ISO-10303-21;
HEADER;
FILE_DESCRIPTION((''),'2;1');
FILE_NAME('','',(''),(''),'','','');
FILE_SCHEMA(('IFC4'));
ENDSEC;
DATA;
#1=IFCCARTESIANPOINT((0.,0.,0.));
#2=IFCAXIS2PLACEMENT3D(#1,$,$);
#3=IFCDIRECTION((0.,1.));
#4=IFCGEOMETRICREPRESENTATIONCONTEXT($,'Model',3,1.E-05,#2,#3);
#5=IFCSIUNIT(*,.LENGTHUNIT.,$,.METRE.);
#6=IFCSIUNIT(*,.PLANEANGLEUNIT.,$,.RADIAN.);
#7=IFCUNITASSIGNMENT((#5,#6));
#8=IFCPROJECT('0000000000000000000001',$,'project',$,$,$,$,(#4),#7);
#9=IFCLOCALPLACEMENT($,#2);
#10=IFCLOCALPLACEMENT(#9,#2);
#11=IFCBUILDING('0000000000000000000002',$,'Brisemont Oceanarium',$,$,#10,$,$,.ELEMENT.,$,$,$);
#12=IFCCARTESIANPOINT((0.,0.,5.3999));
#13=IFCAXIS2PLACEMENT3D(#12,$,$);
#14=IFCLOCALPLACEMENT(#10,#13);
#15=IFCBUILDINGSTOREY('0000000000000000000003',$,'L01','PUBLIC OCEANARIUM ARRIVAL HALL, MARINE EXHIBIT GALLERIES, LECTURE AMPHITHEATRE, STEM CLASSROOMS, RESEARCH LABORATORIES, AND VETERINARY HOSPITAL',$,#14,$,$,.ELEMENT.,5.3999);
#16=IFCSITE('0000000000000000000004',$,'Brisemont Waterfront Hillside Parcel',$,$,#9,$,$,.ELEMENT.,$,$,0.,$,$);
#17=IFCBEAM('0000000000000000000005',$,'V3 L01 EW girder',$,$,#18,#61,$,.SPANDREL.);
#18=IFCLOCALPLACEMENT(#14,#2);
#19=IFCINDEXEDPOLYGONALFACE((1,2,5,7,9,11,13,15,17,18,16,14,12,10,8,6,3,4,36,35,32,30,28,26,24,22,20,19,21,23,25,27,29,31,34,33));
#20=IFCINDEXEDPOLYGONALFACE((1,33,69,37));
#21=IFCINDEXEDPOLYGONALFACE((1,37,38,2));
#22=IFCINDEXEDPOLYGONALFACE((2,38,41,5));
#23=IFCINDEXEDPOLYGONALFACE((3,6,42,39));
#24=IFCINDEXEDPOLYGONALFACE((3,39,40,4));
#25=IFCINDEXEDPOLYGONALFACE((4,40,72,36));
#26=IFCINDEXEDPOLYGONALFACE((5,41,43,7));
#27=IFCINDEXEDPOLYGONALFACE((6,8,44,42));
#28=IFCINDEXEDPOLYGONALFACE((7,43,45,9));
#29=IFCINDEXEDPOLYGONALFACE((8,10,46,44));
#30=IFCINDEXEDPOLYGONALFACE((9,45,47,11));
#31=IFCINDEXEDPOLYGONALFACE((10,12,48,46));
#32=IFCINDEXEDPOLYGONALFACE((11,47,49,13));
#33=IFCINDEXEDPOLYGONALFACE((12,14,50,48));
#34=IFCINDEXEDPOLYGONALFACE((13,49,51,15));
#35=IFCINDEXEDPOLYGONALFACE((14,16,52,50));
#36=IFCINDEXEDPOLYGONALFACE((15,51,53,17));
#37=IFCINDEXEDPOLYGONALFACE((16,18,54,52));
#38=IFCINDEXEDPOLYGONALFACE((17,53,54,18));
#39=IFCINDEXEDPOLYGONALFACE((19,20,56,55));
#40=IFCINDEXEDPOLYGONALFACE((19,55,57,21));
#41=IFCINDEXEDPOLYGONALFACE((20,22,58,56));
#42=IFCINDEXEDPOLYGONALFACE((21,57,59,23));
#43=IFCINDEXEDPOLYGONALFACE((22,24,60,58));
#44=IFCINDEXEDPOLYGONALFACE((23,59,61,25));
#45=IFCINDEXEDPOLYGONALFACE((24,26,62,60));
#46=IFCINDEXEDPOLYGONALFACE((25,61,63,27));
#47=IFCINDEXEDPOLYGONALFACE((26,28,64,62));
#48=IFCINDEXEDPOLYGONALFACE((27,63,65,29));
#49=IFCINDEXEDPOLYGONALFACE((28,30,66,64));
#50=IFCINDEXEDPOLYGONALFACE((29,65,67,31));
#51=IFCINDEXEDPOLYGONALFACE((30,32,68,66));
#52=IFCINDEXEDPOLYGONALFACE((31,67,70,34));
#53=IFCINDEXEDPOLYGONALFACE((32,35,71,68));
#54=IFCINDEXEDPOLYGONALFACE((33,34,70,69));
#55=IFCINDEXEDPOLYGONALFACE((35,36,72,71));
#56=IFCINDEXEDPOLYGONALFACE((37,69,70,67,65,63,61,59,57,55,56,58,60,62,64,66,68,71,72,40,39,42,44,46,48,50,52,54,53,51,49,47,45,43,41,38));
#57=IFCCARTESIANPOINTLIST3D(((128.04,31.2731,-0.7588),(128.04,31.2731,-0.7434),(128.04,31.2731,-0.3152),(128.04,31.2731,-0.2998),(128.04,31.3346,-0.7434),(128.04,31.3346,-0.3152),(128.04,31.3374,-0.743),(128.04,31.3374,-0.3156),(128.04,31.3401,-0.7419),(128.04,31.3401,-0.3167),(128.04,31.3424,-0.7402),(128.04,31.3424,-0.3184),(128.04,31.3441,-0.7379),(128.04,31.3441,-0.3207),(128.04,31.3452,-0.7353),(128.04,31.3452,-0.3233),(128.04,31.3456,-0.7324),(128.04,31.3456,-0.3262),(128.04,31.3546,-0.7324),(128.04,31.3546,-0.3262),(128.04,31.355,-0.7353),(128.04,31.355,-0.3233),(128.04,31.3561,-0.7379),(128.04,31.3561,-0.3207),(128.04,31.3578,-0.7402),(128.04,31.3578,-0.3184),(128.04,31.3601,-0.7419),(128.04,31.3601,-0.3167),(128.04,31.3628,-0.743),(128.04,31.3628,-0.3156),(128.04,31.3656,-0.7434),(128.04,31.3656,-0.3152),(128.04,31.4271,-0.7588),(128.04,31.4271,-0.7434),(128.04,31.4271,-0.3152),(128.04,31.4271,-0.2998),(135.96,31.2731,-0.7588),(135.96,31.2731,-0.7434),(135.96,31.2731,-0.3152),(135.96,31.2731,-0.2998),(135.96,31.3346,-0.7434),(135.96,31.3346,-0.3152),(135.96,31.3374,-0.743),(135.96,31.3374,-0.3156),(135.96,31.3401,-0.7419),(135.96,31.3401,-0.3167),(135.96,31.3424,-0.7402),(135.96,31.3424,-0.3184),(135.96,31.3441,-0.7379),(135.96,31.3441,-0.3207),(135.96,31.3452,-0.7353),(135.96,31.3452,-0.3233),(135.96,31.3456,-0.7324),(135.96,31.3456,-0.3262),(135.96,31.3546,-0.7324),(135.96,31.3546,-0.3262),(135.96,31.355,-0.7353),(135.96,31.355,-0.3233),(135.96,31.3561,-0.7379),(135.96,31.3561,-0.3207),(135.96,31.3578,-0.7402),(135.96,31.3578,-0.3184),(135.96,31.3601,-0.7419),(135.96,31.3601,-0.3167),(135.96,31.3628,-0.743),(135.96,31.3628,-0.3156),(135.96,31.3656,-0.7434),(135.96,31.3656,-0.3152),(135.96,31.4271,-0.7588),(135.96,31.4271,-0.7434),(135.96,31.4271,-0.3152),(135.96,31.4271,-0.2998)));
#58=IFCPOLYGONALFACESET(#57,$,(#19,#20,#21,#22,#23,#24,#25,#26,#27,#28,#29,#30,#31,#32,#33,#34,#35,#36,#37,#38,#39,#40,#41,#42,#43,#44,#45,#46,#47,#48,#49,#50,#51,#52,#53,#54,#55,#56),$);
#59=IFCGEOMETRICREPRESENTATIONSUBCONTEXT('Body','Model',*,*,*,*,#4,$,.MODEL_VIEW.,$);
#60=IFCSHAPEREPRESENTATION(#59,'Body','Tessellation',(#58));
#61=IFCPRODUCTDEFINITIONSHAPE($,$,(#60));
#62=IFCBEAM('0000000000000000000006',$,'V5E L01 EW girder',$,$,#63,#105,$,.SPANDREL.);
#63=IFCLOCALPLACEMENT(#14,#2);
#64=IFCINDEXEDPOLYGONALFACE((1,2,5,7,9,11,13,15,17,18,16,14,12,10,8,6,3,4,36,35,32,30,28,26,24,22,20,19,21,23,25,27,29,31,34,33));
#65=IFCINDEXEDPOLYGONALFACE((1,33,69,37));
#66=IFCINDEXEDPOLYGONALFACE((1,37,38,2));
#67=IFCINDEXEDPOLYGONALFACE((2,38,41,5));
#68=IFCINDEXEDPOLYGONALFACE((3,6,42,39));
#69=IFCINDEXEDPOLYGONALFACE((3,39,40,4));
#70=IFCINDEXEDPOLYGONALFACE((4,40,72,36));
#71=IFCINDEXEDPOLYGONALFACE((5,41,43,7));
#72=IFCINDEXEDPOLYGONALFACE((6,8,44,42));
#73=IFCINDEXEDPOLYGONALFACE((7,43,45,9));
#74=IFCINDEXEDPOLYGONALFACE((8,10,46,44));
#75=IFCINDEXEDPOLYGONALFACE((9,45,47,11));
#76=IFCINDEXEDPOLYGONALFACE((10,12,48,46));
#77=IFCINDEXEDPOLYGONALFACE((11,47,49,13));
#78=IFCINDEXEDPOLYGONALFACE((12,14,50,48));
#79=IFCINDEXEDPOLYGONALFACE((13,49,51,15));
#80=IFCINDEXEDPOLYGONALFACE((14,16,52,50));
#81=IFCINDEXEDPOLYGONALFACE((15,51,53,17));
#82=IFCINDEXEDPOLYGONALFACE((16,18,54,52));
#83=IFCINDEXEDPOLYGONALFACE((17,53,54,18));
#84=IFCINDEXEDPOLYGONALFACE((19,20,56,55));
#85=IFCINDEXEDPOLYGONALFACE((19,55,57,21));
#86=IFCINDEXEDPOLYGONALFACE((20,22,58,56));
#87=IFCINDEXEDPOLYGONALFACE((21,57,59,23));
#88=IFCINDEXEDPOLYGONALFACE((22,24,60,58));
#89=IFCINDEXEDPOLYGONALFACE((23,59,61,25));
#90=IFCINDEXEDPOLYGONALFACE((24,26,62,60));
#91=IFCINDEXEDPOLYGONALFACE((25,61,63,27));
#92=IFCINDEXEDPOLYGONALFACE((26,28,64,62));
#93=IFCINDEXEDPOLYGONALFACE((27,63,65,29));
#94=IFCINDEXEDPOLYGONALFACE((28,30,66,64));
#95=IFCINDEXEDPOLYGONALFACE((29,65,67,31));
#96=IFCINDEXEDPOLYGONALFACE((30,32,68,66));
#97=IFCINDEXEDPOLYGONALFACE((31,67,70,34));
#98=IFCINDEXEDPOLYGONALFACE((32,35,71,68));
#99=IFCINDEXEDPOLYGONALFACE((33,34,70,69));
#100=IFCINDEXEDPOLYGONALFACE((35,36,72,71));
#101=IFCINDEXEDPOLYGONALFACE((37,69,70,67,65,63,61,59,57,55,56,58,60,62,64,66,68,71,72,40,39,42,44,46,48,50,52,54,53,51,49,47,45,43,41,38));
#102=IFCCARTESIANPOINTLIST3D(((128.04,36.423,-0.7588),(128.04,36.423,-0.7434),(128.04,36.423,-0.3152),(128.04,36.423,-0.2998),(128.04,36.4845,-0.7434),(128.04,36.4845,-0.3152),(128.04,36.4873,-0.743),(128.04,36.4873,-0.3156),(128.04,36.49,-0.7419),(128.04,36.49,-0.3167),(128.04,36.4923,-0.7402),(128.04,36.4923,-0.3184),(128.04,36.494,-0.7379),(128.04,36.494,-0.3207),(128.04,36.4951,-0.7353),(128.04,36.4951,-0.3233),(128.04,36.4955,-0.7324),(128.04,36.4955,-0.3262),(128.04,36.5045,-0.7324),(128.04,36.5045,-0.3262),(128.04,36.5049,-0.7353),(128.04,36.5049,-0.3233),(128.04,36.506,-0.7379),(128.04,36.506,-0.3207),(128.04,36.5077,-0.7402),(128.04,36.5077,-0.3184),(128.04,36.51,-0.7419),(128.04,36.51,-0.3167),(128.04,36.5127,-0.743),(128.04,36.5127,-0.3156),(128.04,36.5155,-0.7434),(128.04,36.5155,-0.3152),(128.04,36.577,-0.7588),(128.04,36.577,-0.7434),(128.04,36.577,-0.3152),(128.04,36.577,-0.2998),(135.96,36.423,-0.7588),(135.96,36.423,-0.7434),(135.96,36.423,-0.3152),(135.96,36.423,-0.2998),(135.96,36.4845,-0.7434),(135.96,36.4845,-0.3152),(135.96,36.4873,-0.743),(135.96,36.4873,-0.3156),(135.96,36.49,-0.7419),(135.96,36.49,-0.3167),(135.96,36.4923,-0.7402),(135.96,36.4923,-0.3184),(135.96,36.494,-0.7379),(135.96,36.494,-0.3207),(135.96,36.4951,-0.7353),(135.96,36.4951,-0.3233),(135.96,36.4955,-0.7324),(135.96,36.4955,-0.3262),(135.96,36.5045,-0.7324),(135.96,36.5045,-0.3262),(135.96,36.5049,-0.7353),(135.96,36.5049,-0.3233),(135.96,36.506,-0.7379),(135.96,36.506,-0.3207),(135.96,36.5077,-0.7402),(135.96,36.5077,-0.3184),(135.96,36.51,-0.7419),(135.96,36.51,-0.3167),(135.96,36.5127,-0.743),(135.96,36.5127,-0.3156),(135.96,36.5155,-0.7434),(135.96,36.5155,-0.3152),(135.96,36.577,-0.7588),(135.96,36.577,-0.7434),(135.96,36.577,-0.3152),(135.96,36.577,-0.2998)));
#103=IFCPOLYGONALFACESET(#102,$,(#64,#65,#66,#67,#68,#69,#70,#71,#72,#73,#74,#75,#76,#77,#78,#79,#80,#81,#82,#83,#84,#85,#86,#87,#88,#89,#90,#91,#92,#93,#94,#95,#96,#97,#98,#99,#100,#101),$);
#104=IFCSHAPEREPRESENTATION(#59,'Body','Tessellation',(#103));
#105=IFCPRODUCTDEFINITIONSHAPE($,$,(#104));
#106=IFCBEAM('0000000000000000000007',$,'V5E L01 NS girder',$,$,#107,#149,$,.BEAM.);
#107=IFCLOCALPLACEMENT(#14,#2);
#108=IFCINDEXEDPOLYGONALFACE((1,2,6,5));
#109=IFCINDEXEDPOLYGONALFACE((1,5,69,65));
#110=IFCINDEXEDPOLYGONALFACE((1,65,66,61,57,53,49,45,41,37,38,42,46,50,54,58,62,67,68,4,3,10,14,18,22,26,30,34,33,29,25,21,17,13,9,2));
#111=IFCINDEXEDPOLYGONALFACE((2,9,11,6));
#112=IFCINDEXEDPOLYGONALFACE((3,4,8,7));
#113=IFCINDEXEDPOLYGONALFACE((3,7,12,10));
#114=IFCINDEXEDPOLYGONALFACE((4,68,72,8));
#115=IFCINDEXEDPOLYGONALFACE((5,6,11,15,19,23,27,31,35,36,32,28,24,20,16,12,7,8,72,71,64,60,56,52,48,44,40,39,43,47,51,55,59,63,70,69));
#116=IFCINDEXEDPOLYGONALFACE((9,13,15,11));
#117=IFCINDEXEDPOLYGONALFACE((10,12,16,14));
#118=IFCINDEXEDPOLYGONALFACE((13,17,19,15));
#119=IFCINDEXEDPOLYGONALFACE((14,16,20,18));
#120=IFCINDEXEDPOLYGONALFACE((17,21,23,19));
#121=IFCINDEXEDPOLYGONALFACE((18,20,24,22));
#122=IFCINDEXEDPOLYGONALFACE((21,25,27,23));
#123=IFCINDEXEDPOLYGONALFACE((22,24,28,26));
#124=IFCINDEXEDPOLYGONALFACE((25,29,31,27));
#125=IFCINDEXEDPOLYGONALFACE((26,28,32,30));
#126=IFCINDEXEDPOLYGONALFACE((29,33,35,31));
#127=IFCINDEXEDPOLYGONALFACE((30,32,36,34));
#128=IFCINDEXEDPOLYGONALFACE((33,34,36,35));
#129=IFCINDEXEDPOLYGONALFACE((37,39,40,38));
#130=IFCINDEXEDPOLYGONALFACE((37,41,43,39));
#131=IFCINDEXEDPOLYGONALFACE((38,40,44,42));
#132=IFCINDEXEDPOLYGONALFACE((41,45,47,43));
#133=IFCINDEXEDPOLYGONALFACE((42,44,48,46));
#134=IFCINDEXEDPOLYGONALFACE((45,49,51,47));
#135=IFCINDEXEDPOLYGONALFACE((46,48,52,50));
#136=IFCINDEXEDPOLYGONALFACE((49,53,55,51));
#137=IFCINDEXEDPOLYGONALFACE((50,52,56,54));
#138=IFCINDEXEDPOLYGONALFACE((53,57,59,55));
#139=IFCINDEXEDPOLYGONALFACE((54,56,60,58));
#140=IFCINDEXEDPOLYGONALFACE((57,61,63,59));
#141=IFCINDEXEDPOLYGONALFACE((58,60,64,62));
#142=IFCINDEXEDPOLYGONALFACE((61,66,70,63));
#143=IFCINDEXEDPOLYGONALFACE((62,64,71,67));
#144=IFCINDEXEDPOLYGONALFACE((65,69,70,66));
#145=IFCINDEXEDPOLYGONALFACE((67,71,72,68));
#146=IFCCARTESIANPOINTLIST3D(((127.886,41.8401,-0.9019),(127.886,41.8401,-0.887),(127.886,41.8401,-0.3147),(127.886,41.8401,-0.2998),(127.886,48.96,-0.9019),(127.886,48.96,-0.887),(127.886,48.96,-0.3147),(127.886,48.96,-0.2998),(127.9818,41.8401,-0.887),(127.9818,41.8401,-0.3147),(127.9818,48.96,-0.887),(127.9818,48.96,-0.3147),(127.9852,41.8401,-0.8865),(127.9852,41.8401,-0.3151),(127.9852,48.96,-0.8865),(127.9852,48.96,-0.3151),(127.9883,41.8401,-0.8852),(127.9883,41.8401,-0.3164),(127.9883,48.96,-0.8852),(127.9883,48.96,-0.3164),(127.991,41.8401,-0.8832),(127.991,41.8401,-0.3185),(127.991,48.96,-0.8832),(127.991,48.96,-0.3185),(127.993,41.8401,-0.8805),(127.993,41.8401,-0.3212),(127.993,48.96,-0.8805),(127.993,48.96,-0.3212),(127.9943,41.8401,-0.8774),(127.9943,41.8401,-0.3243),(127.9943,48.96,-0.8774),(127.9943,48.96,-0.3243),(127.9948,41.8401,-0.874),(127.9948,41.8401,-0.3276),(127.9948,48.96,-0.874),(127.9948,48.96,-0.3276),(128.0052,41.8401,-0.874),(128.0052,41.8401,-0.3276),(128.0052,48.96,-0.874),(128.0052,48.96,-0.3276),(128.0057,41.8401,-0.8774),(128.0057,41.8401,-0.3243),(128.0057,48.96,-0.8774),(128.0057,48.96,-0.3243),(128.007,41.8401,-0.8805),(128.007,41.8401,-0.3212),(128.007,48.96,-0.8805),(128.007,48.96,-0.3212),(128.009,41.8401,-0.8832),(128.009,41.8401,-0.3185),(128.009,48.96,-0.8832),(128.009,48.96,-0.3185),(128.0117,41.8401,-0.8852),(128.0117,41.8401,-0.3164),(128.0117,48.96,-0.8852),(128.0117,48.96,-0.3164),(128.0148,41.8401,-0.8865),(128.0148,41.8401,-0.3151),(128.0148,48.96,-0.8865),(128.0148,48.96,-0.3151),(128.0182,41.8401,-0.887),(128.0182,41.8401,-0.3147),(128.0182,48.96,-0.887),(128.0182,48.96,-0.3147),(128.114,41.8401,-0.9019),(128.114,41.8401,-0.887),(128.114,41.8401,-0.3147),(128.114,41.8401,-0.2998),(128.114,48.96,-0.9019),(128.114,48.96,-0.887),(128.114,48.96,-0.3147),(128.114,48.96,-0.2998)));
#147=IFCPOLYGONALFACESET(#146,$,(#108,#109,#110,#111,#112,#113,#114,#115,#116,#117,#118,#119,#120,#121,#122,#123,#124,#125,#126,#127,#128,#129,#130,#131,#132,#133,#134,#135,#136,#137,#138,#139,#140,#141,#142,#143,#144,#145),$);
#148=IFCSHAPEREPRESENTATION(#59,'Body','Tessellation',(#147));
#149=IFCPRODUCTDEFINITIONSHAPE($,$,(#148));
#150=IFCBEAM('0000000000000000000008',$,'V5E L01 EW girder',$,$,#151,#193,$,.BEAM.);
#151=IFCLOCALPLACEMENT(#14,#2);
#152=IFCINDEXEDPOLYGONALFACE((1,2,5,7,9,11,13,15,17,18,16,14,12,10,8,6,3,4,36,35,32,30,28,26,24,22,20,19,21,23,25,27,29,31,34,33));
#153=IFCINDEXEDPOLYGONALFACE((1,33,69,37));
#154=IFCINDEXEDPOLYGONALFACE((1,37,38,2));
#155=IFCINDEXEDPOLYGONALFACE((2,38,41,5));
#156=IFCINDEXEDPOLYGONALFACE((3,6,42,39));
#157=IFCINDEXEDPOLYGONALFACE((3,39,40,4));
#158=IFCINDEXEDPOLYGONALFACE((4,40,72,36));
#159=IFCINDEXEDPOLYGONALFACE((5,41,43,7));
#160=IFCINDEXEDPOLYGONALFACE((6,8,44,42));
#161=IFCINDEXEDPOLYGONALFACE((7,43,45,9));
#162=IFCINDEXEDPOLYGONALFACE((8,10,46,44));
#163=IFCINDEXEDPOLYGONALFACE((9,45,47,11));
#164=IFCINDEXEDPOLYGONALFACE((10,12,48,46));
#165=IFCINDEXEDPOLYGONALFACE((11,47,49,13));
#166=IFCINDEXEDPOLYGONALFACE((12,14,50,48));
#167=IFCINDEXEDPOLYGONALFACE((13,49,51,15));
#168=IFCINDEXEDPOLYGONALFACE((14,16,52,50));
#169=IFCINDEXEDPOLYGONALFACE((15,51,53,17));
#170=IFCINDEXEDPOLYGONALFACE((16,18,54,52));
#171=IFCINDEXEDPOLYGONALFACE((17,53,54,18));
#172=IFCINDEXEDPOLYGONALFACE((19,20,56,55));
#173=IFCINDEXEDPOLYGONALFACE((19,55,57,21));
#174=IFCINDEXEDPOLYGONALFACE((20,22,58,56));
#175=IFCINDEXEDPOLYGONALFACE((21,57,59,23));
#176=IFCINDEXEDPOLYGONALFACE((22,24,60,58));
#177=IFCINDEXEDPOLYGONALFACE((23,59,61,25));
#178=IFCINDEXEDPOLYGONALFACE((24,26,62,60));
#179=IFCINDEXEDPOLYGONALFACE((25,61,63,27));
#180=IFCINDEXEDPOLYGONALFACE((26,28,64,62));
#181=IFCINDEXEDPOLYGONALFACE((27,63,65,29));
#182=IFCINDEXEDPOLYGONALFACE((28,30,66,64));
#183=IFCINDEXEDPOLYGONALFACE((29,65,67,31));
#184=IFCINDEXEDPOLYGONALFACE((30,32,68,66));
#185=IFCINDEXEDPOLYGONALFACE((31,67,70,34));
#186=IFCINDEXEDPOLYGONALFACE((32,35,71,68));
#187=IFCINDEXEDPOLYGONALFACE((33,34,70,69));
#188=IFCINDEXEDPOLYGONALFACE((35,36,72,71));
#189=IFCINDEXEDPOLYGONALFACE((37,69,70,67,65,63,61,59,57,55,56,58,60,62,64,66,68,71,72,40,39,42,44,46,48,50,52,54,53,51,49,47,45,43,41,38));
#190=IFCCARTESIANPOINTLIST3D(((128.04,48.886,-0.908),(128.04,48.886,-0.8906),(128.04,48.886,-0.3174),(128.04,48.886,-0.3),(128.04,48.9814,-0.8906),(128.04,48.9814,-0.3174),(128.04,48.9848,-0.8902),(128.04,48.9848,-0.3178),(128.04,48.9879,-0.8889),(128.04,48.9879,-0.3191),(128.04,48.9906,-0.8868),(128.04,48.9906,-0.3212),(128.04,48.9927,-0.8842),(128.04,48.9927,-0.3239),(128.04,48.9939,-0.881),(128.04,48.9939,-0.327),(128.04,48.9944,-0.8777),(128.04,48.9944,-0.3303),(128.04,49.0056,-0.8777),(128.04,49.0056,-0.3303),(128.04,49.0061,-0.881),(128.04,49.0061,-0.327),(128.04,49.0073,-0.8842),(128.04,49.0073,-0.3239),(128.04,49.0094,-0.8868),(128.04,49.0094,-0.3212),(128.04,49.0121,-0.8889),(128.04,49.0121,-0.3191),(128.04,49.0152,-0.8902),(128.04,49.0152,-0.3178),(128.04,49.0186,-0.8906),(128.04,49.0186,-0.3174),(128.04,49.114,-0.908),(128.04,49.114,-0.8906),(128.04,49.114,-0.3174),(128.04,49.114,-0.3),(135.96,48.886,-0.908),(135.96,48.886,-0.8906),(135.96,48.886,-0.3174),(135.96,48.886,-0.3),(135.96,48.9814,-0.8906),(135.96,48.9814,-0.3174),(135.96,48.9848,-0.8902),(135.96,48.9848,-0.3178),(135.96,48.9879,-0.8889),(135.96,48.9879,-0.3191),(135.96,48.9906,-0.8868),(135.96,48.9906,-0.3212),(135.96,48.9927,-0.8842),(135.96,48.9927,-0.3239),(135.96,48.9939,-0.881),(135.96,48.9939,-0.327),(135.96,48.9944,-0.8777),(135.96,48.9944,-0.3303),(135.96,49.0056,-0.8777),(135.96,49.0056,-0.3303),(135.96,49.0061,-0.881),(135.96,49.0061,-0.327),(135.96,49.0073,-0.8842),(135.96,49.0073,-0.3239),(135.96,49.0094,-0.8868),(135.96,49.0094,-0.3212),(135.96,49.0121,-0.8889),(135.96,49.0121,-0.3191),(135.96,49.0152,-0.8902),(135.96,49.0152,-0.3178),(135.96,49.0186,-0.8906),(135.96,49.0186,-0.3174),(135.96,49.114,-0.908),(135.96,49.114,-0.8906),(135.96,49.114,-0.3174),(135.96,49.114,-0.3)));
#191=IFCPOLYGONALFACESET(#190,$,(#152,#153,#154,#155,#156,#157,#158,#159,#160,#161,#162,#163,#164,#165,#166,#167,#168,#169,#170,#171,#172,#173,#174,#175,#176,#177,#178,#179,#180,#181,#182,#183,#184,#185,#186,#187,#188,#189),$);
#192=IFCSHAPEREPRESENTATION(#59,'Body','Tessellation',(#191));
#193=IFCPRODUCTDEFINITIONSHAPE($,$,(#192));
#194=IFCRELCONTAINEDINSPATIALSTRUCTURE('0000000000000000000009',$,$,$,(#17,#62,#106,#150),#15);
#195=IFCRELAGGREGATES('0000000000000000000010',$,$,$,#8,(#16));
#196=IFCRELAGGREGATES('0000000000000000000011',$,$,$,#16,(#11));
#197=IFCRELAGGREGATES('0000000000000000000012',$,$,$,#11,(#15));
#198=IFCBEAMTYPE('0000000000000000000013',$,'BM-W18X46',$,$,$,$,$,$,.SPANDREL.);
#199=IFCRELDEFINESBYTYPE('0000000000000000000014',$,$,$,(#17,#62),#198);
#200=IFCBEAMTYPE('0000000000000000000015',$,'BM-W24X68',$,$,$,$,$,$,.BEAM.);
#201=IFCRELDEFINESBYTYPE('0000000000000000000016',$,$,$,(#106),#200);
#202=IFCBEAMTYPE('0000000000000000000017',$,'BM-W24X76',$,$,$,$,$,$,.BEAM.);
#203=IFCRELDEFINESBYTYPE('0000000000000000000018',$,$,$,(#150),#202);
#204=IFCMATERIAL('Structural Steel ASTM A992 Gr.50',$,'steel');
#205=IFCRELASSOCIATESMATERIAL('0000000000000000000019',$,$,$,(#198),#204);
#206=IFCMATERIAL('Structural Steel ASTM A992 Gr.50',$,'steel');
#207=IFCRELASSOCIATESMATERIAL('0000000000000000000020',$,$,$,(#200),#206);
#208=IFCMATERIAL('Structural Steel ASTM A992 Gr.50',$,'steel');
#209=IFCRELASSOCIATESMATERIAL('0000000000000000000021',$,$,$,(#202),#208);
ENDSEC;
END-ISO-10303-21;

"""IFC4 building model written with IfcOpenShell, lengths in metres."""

from ifc_helpers import new_model, si_unit, direction, frame, origin, origin_2d, place, context, subcontext, project, spatial, i_section, extrude, material, material_profile, profile_set, type_object, element, save


model = new_model("IFC4")

# Units and contexts
model_context = context("Model", 3, precision=1e-05, world=origin(), true_north=direction((0.0, 1.0)))
body_context = subcontext(model_context, "Body", "Model", "MODEL_VIEW")
ifc_project = project(units=[si_unit("LENGTHUNIT", "METRE"), si_unit("PLANEANGLEUNIT", "RADIAN")], contexts=[model_context])

# Site, building, storey
site_placement = place(None, origin())
site = spatial("IfcSite", under=ifc_project, at=site_placement, Name="Brisemont Waterfront Hillside Parcel", CompositionType="ELEMENT", RefElevation=0.0)
building_placement = place(site_placement, origin())
building = spatial("IfcBuilding", under=site, at=building_placement, Name="Brisemont Oceanarium", CompositionType="ELEMENT")
storey_placement = place(building_placement, frame((0.0, 0.0, 5.3999)))
storey = spatial("IfcBuildingStorey", under=building, at=storey_placement, Name="L01", Description="PUBLIC OCEANARIUM ARRIVAL HALL, MARINE EXHIBIT GALLERIES, LECTURE AMPHITHEATRE, STEM CLASSROOMS, RESEARCH LABORATORIES, AND VETERINARY HOSPITAL", CompositionType="ELEMENT", Elevation=5.3999)

# Beams
ifc_material_1 = material(Name="Structural Steel ASTM A992 Gr.50", Category="steel")
ifc_material_profile_1 = material_profile(ifc_material_1, i_section(OverallWidth=0.1541, OverallDepth=0.459, WebThickness=0.009, FlangeThickness=0.0154, FilletRadius=0.011, at=origin_2d()), Name="W18X46")
ifc_profile_set_1 = profile_set([ifc_material_profile_1], Name="Structural Steel ASTM A992 Gr.50")
beam_type_1 = type_object("IfcBeamType", Name="BM-W18X46", PredefinedType="SPANDREL", material=ifc_profile_set_1)
for number, where, z_axis, x_axis, name in (
    (1, (128.04, 31.3501, -0.5293), (1.0, 0.0, 0.0), (0.0, 1.0, 0.0), "V3 L01 EW girder"),
    (2, (128.04, 36.5, -0.5293), (1.0, 0.0, 0.0), (0.0, 1.0, 0.0), "V5E L01 EW girder"),
):
    element("IfcBeam", number, at=place(storey_placement, frame(where, z_axis=z_axis, x_axis=x_axis)), inside=storey, type_object=beam_type_1, Name=name, PredefinedType="SPANDREL", context=body_context, shape_type="SweptSolid", body=[
        extrude(i_section(OverallWidth=0.1541, OverallDepth=0.459, WebThickness=0.009, FlangeThickness=0.0154, FilletRadius=0.011, at=origin_2d()), origin(), (0.0, 0.0, 1.0), 7.9199),
    ])
ifc_material_2 = material(Name="Structural Steel ASTM A992 Gr.50", Category="steel")
ifc_material_profile_2 = material_profile(ifc_material_2, i_section(OverallWidth=0.228, OverallDepth=0.6021, WebThickness=0.0105, FlangeThickness=0.0149, FilletRadius=0.0129, at=origin_2d()), Name="W24X68")
ifc_profile_set_2 = profile_set([ifc_material_profile_2], Name="Structural Steel ASTM A992 Gr.50")
beam_type_2 = type_object("IfcBeamType", Name="BM-W24X68", PredefinedType="BEAM", material=ifc_profile_set_2)
beam_1_placement = place(storey_placement, frame((128.0, 41.8401, -0.6008), z_axis=(0.0, 1.0, 0.0), x_axis=(-1.0, 0.0, 0.0)))
element("IfcBeam", 3, at=beam_1_placement, inside=storey, type_object=beam_type_2, Name="V5E L01 NS girder", PredefinedType="BEAM", context=body_context, shape_type="SweptSolid", body=[
    extrude(i_section(OverallWidth=0.228, OverallDepth=0.6021, WebThickness=0.0105, FlangeThickness=0.0149, FilletRadius=0.0129, at=origin_2d()), origin(), (0.0, 0.0, 1.0), 7.1199),
])
ifc_material_3 = material(Name="Structural Steel ASTM A992 Gr.50", Category="steel")
ifc_material_profile_3 = material_profile(ifc_material_3, i_section(OverallWidth=0.228, OverallDepth=0.6079, WebThickness=0.0112, FlangeThickness=0.0173, FilletRadius=0.0129, at=origin_2d()), Name="W24X76")
ifc_profile_set_3 = profile_set([ifc_material_profile_3], Name="Structural Steel ASTM A992 Gr.50")
beam_type_3 = type_object("IfcBeamType", Name="BM-W24X76", PredefinedType="BEAM", material=ifc_profile_set_3)
beam_2_placement = place(storey_placement, frame((128.04, 49.0, -0.604), z_axis=(1.0, 0.0, 0.0), x_axis=(0.0, 1.0, 0.0)))
element("IfcBeam", 4, at=beam_2_placement, inside=storey, type_object=beam_type_3, Name="V5E L01 EW girder", PredefinedType="BEAM", context=body_context, shape_type="SweptSolid", body=[
    extrude(i_section(OverallWidth=0.228, OverallDepth=0.6079, WebThickness=0.0112, FlangeThickness=0.0173, FilletRadius=0.0129, at=origin_2d()), origin(), (0.0, 0.0, 1.0), 7.9199),
])

save(model, "model.ifc")
